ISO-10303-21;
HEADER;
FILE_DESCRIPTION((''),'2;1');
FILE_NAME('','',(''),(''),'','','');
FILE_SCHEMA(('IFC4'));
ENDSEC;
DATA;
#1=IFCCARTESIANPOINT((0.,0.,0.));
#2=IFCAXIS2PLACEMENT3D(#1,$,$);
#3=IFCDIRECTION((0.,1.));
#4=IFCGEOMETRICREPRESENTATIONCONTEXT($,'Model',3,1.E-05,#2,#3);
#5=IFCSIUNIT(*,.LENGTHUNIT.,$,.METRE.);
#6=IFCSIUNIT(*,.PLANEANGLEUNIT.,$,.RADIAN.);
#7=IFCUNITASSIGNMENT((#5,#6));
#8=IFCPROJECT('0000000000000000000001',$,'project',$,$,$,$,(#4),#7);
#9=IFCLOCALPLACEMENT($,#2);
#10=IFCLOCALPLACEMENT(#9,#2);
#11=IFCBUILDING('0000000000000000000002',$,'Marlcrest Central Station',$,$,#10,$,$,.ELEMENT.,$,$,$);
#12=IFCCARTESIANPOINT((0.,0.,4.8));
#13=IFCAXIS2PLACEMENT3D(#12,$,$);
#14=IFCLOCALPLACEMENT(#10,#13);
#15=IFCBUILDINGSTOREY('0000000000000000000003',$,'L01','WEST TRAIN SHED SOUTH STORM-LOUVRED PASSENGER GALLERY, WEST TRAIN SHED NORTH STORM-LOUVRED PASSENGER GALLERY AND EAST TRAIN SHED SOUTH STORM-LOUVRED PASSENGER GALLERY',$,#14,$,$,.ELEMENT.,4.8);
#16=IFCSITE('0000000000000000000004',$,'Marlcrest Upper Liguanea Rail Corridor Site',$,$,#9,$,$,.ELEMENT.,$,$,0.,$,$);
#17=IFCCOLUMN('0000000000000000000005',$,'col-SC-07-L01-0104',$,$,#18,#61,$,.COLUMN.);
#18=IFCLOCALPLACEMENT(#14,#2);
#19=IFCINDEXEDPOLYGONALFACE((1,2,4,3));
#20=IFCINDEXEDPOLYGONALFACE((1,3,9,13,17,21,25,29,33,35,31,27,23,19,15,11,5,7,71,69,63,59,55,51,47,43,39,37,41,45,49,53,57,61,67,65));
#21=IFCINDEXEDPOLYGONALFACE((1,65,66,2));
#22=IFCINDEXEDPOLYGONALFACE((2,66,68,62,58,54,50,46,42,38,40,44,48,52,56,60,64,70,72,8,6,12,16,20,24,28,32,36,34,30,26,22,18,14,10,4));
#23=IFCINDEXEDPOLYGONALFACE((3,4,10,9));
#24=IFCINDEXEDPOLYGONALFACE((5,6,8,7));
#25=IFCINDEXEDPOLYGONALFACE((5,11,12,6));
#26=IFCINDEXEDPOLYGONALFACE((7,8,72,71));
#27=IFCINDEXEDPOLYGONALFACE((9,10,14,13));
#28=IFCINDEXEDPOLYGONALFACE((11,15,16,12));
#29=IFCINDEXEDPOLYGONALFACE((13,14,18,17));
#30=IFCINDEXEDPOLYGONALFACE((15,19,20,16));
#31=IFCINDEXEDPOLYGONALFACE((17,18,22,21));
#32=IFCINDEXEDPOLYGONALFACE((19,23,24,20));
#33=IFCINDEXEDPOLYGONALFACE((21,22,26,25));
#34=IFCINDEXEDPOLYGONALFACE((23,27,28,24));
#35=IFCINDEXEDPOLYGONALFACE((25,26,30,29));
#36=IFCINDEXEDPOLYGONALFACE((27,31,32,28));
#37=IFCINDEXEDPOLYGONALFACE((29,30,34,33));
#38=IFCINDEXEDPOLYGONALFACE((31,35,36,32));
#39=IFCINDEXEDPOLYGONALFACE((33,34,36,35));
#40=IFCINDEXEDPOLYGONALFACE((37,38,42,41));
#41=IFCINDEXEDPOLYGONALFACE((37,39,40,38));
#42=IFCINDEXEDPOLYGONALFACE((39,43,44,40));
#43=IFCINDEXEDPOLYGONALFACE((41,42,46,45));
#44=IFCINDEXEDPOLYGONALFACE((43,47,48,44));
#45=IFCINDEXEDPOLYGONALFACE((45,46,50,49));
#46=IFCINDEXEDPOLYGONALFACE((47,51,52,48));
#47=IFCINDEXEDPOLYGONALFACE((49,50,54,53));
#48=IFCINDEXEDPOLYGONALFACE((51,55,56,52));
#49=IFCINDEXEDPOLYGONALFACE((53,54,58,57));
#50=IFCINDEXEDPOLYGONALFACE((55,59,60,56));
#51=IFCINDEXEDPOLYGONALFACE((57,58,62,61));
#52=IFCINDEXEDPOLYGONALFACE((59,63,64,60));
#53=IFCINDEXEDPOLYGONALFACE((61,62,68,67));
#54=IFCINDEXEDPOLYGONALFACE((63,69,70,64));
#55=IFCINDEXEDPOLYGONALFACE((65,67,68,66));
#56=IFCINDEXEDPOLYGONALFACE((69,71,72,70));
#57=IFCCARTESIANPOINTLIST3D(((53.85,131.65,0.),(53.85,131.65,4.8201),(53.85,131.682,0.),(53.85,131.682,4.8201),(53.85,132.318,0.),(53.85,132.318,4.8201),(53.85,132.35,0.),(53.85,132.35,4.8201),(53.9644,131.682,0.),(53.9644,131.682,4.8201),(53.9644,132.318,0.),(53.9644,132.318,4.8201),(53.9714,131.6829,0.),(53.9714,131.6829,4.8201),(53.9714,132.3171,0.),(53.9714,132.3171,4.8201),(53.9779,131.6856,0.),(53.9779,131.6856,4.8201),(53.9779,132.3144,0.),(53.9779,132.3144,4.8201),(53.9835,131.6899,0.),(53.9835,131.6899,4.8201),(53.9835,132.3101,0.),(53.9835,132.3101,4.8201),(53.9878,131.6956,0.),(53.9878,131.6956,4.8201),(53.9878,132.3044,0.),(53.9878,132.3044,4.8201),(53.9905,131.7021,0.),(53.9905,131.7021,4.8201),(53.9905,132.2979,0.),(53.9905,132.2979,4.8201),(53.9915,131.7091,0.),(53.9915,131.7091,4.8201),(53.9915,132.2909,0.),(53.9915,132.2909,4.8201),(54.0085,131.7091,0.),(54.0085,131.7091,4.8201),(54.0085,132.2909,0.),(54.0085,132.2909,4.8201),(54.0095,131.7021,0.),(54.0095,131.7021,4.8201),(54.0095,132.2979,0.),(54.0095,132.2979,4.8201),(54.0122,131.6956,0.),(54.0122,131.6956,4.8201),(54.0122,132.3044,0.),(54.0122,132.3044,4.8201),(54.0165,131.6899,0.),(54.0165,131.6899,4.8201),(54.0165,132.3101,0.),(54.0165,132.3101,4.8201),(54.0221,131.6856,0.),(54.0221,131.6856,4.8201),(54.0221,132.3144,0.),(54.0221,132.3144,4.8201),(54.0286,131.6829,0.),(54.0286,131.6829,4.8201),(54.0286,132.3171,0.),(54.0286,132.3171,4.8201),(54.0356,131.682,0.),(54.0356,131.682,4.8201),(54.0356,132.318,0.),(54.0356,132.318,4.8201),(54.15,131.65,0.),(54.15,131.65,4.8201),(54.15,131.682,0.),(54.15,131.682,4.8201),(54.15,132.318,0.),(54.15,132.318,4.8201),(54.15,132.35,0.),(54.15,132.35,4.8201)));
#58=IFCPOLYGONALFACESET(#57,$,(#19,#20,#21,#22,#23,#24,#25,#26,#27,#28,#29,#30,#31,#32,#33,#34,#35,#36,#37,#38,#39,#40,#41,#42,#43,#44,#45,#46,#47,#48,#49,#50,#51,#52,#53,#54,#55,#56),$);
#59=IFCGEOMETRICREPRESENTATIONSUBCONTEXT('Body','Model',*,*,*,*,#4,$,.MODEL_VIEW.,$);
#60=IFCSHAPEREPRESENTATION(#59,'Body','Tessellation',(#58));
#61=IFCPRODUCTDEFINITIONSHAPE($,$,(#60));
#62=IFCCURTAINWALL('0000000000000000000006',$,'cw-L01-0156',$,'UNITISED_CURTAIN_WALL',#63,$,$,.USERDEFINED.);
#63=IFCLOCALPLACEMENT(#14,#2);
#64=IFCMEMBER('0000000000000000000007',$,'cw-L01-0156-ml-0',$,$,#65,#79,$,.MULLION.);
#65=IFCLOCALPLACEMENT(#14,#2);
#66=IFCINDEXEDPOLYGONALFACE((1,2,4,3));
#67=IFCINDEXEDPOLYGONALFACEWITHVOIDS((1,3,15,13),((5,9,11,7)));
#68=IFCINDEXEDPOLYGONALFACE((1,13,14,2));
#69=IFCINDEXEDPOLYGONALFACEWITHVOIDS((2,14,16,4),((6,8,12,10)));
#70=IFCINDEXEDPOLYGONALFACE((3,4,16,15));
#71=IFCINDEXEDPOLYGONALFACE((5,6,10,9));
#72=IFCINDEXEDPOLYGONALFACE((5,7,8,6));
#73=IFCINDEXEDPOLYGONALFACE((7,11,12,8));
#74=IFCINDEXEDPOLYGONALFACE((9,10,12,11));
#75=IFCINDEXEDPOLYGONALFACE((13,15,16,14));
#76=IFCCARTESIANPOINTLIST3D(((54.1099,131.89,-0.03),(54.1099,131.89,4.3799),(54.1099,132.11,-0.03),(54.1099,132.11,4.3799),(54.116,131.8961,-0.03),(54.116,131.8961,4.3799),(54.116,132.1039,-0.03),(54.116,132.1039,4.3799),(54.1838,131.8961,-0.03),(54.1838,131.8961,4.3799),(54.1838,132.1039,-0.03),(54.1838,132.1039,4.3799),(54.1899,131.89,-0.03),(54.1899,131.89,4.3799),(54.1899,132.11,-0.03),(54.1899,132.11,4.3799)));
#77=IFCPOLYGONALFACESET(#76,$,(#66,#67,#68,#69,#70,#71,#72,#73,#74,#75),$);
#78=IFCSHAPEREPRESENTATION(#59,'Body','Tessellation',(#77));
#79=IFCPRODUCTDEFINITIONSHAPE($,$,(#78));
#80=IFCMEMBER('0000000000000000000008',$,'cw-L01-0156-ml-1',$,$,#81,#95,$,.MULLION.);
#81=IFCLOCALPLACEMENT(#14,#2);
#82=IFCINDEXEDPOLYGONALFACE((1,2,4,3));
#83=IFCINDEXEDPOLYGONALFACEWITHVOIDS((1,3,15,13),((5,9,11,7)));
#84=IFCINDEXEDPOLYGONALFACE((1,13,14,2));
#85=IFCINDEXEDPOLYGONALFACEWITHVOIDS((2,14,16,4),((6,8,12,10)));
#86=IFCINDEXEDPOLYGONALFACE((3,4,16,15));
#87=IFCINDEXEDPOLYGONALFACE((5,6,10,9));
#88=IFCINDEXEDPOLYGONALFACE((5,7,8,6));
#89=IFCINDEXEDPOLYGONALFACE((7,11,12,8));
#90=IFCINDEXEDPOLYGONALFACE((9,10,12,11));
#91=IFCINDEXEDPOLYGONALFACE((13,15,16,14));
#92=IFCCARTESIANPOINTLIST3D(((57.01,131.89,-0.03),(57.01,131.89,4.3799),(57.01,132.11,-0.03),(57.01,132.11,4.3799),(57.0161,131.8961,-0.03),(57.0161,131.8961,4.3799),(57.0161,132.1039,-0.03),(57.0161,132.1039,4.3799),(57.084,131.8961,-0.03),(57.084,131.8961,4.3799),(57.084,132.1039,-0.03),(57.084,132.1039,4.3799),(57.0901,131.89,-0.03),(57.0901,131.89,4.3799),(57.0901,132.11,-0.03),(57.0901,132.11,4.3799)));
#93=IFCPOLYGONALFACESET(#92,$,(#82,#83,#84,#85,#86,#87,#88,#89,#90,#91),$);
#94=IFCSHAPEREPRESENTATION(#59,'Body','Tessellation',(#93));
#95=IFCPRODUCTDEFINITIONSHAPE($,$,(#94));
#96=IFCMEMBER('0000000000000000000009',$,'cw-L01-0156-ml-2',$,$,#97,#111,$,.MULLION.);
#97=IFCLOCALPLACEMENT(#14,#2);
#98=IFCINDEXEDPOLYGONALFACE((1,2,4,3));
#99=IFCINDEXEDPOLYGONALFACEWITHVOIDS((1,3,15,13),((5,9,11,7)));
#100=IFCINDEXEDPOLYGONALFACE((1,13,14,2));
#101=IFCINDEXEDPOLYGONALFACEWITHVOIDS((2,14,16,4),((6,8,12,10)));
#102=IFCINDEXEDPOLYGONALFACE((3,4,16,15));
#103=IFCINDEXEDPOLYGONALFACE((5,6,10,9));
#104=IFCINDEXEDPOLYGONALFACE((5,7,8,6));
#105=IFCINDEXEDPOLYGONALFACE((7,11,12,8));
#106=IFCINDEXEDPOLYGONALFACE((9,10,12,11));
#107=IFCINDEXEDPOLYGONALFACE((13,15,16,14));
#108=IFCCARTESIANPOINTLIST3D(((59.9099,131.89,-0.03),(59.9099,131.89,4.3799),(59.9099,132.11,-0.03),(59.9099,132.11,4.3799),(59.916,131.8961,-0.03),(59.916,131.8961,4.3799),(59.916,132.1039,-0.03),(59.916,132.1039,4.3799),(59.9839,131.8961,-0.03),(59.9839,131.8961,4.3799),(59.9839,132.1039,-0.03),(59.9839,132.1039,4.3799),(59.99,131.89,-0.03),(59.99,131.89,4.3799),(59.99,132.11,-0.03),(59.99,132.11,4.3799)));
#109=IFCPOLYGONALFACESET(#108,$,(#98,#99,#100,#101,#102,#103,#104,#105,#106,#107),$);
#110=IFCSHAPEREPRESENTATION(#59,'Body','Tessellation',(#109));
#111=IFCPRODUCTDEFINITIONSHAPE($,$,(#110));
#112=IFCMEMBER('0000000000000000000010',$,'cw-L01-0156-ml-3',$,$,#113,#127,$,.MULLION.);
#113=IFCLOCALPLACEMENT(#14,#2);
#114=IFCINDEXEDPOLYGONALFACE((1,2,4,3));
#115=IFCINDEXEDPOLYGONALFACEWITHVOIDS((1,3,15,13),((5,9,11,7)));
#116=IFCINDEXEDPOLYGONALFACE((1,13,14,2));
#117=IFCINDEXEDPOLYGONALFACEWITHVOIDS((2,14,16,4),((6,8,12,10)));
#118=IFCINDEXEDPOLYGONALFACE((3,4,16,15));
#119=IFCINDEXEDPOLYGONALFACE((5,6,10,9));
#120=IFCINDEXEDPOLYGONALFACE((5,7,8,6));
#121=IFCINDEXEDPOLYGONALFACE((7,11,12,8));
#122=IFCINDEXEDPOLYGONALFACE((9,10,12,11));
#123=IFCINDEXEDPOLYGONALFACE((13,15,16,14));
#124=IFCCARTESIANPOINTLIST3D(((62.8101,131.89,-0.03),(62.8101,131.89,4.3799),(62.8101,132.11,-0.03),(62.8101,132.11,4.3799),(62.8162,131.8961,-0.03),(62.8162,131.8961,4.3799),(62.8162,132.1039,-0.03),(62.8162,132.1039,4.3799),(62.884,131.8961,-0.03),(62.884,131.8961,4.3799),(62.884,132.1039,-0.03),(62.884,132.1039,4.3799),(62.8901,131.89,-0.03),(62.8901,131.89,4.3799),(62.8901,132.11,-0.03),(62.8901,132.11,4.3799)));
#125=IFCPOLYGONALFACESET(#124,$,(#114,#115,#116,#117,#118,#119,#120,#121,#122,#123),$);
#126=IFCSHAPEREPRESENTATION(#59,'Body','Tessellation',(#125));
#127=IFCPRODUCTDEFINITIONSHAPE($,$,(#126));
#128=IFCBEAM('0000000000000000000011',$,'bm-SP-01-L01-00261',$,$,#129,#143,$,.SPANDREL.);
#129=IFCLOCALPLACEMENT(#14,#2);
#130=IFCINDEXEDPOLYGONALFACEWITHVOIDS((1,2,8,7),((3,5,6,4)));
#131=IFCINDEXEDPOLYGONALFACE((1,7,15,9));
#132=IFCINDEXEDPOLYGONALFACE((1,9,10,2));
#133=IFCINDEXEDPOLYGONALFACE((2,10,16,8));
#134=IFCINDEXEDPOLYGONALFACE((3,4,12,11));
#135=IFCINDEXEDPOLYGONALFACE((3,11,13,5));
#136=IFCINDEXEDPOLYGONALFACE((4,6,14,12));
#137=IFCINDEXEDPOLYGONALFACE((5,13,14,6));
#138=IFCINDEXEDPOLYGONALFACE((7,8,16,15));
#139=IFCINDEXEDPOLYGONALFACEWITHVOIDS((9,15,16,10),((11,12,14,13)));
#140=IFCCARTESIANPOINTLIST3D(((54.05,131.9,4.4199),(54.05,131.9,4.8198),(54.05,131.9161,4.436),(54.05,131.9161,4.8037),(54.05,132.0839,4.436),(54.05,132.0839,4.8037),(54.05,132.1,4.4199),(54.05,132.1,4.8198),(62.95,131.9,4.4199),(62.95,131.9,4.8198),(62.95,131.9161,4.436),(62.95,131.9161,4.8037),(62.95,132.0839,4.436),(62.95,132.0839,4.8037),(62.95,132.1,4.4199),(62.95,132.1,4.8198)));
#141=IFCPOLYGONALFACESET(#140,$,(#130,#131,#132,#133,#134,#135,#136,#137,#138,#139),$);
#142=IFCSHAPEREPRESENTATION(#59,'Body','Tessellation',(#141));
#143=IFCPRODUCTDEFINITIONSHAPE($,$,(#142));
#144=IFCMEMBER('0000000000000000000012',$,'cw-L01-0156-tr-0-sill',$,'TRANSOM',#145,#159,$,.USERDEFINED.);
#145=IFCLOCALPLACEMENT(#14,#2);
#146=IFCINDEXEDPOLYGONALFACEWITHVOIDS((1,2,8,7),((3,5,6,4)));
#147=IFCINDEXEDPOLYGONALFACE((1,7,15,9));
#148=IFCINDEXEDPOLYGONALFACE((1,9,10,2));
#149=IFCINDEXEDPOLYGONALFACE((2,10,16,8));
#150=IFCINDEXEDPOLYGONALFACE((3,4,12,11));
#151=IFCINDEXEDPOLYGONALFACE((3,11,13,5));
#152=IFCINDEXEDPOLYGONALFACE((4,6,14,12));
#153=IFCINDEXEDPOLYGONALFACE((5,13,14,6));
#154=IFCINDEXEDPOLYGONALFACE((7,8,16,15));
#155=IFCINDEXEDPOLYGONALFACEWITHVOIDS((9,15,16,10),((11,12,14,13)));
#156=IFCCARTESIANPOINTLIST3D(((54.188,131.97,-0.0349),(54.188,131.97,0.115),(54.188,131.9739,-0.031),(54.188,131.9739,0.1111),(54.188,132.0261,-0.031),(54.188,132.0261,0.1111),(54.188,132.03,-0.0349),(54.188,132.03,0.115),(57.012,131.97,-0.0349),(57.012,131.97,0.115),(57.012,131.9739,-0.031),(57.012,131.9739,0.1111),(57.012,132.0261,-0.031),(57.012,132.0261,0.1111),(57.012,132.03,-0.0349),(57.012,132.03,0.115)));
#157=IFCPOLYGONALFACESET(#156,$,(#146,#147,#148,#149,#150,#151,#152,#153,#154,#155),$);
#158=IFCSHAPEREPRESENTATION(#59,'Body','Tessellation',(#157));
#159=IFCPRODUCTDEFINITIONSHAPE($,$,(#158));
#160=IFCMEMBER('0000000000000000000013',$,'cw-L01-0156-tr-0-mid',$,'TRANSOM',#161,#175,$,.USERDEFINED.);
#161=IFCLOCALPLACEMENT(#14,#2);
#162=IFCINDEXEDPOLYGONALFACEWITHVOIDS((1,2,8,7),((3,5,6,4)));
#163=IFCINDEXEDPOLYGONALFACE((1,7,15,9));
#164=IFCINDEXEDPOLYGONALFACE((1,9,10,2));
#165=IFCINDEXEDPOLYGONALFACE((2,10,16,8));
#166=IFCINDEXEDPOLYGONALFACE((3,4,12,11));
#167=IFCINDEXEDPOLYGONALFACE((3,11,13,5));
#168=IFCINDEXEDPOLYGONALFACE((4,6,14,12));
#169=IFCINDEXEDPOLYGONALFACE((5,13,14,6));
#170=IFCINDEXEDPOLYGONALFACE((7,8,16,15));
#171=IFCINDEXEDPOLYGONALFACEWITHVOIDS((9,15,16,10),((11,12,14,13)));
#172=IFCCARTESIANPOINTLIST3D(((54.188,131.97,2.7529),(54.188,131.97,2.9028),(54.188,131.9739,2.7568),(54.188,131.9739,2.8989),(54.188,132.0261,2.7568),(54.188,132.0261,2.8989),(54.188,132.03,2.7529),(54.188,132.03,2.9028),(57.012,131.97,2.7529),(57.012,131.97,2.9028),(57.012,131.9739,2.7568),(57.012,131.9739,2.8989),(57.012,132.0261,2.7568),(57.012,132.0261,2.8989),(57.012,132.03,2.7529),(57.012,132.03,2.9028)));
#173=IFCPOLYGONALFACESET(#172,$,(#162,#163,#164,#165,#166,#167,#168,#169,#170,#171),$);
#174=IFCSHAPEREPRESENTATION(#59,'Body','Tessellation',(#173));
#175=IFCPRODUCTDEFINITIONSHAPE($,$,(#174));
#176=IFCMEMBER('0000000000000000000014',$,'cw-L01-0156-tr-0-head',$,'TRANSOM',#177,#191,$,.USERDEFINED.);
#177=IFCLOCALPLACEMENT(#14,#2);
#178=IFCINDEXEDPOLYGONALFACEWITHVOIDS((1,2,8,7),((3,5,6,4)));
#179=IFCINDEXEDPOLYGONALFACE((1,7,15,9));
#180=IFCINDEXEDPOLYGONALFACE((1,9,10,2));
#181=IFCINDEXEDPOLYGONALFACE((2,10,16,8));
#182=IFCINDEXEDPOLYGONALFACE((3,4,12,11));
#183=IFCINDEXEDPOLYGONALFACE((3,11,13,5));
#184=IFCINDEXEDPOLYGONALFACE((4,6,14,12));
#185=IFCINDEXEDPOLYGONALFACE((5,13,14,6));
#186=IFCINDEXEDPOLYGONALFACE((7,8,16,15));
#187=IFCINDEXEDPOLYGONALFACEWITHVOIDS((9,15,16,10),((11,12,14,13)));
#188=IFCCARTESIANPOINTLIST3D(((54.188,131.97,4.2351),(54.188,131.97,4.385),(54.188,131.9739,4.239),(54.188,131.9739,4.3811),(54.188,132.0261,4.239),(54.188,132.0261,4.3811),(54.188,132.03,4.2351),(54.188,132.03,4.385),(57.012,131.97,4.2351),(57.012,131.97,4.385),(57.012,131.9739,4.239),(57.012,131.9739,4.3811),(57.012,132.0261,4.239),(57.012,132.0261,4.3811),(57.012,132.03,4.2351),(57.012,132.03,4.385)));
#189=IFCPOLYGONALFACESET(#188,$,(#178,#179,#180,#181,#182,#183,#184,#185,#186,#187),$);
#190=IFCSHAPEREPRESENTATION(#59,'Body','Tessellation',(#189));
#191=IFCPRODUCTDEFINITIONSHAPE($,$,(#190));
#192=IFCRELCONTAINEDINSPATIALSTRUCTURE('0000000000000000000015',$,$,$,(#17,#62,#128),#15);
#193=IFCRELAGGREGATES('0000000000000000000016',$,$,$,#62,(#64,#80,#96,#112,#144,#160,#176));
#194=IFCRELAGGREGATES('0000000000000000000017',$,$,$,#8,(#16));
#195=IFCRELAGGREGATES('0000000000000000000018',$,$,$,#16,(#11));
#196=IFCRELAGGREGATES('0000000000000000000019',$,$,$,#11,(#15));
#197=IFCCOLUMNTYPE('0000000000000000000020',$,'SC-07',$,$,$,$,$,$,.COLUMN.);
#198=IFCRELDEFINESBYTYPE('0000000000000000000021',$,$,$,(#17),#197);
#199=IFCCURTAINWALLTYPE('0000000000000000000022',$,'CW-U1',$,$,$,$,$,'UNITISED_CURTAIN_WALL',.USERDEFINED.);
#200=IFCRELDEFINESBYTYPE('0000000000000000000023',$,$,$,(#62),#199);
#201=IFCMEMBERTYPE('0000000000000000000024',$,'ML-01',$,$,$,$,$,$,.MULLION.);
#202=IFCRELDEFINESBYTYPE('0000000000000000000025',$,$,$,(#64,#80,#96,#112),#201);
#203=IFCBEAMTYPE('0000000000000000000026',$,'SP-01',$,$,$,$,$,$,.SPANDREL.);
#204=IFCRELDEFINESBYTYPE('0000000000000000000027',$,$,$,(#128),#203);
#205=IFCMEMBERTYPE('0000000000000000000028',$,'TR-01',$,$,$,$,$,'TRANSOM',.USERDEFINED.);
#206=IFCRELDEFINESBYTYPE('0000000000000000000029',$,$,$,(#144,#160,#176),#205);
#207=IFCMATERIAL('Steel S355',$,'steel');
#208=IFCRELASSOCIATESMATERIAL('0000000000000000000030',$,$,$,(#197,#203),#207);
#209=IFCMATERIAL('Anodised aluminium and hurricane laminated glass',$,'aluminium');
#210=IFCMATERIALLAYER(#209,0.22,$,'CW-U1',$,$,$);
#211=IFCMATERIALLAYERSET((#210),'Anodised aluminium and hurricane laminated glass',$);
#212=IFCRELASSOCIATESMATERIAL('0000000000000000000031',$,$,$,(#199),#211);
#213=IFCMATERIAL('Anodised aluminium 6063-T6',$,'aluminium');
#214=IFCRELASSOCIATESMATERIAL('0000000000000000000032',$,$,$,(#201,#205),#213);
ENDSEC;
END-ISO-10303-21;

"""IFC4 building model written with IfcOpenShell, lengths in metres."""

from ifc_helpers import new_model, si_unit, direction, frame, origin, origin_2d, place, context, subcontext, project, spatial, hollow_rectangle, i_section, extrude, material, layer, layer_set, material_profile, profile_set, type_object, element, aggregate, save


model = new_model("IFC4")

# Units and contexts
model_context = context("Model", 3, precision=1e-05, world=origin(), true_north=direction((0.0, 1.0)))
body_context = subcontext(model_context, "Body", "Model", "MODEL_VIEW")
ifc_project = project(units=[si_unit("LENGTHUNIT", "METRE"), si_unit("PLANEANGLEUNIT", "RADIAN")], contexts=[model_context])

# Site, building, storey
site_placement = place(None, origin())
site = spatial("IfcSite", under=ifc_project, at=site_placement, Name="Marlcrest Upper Liguanea Rail Corridor Site", CompositionType="ELEMENT", RefElevation=0.0)
building_placement = place(site_placement, origin())
building = spatial("IfcBuilding", under=site, at=building_placement, Name="Marlcrest Central Station", CompositionType="ELEMENT")
storey_placement = place(building_placement, frame((0.0, 0.0, 4.8)))
storey = spatial("IfcBuildingStorey", under=building, at=storey_placement, Name="L01", Description="WEST TRAIN SHED SOUTH STORM-LOUVRED PASSENGER GALLERY, WEST TRAIN SHED NORTH STORM-LOUVRED PASSENGER GALLERY AND EAST TRAIN SHED SOUTH STORM-LOUVRED PASSENGER GALLERY", CompositionType="ELEMENT", Elevation=4.8)

# Column
ifc_material_1 = material(Name="Steel S355", Category="steel")
ifc_material_profile_1 = material_profile(ifc_material_1, i_section(OverallWidth=0.3, OverallDepth=0.7, WebThickness=0.0171, FlangeThickness=0.032, FilletRadius=0.0271, at=origin_2d()), Name="HEB 700")
ifc_profile_set_1 = profile_set([ifc_material_profile_1], Name="Steel S355")
column_type = type_object("IfcColumnType", Name="SC-07", PredefinedType="COLUMN", material=ifc_profile_set_1)
column_placement = place(storey_placement, frame((54.0, 132.0, 0.0), z_axis=(0.0, 0.0, 1.0), x_axis=(1.0, 0.0, 0.0)))
element("IfcColumn", 1, at=column_placement, inside=storey, type_object=column_type, Name="col-SC-07-L01-0104", PredefinedType="COLUMN", context=body_context, shape_type="SweptSolid", body=[
    extrude(i_section(OverallWidth=0.3, OverallDepth=0.7, WebThickness=0.0171, FlangeThickness=0.032, FilletRadius=0.0271, at=origin_2d()), origin(), (0.0, 0.0, 1.0), 4.8201),
])

# Curtain wall, members
ifc_material_2 = material(Name="Anodised aluminium and hurricane laminated glass", Category="aluminium")
ifc_layer_1 = layer(ifc_material_2, 0.22, Name="CW-U1")
ifc_layer_set_1 = layer_set([ifc_layer_1], Name="Anodised aluminium and hurricane laminated glass")
curtain_wall_type = type_object("IfcCurtainWallType", Name="CW-U1", ElementType="UNITISED_CURTAIN_WALL", PredefinedType="USERDEFINED", material=ifc_layer_set_1)
curtain_wall_placement = place(storey_placement, origin())
curtain_wall = element("IfcCurtainWall", 2, at=curtain_wall_placement, inside=storey, type_object=curtain_wall_type, Name="cw-L01-0156", ObjectType="UNITISED_CURTAIN_WALL", PredefinedType="USERDEFINED")
ifc_material_3 = material(Name="Anodised aluminium 6063-T6", Category="aluminium")
ifc_material_profile_2 = material_profile(ifc_material_3, hollow_rectangle(XDim=0.0801, YDim=0.22, WallThickness=0.0061, at=origin_2d()), Name="AA-RHS 220x80x6")
ifc_profile_set_2 = profile_set([ifc_material_profile_2], Name="Anodised aluminium 6063-T6")
member_type_1 = type_object("IfcMemberType", Name="ML-01", PredefinedType="MULLION", material=ifc_profile_set_2)
member_1_placement = place(storey_placement, frame((54.1499, 132.0, -0.03), z_axis=(0.0, 0.0, 1.0), x_axis=(1.0, 0.0, 0.0)))
member_1 = element("IfcMember", 3, at=member_1_placement, type_object=member_type_1, Name="cw-L01-0156-ml-0", PredefinedType="MULLION", context=body_context, shape_type="SweptSolid", body=[
    extrude(hollow_rectangle(XDim=0.0801, YDim=0.22, WallThickness=0.0061, at=origin_2d()), origin(), (0.0, 0.0, 1.0), 4.4099),
])
member_2_placement = place(storey_placement, frame((57.05, 132.0, -0.03), z_axis=(0.0, 0.0, 1.0), x_axis=(1.0, 0.0, 0.0)))
member_2 = element("IfcMember", 4, at=member_2_placement, type_object=member_type_1, Name="cw-L01-0156-ml-1", PredefinedType="MULLION", context=body_context, shape_type="SweptSolid", body=[
    extrude(hollow_rectangle(XDim=0.0801, YDim=0.22, WallThickness=0.0061, at=origin_2d()), origin(), (0.0, 0.0, 1.0), 4.4099),
])
member_3_placement = place(storey_placement, frame((59.95, 132.0, -0.03), z_axis=(0.0, 0.0, 1.0), x_axis=(1.0, 0.0, 0.0)))
member_3 = element("IfcMember", 5, at=member_3_placement, type_object=member_type_1, Name="cw-L01-0156-ml-2", PredefinedType="MULLION", context=body_context, shape_type="SweptSolid", body=[
    extrude(hollow_rectangle(XDim=0.0801, YDim=0.22, WallThickness=0.0061, at=origin_2d()), origin(), (0.0, 0.0, 1.0), 4.4099),
])
member_4_placement = place(storey_placement, frame((62.8501, 132.0, -0.03), z_axis=(0.0, 0.0, 1.0), x_axis=(1.0, 0.0, 0.0)))
member_4 = element("IfcMember", 6, at=member_4_placement, type_object=member_type_1, Name="cw-L01-0156-ml-3", PredefinedType="MULLION", context=body_context, shape_type="SweptSolid", body=[
    extrude(hollow_rectangle(XDim=0.0801, YDim=0.22, WallThickness=0.0061, at=origin_2d()), origin(), (0.0, 0.0, 1.0), 4.4099),
])

# Beam
ifc_material_profile_3 = material_profile(ifc_material_1, hollow_rectangle(XDim=0.2, YDim=0.3999, WallThickness=0.0161, at=origin_2d()), Name="RHS 400x200x16")
ifc_profile_set_3 = profile_set([ifc_material_profile_3], Name="Steel S355")
beam_type = type_object("IfcBeamType", Name="SP-01", PredefinedType="SPANDREL", material=ifc_profile_set_3)
beam_placement = place(storey_placement, frame((54.05, 132.0, 4.6199), z_axis=(1.0, 0.0, 0.0), x_axis=(0.0, 1.0, 0.0)))
element("IfcBeam", 7, at=beam_placement, inside=storey, type_object=beam_type, Name="bm-SP-01-L01-00261", PredefinedType="SPANDREL", context=body_context, shape_type="SweptSolid", body=[
    extrude(hollow_rectangle(XDim=0.2, YDim=0.3999, WallThickness=0.0161, at=origin_2d()), origin(), (0.0, 0.0, 1.0), 8.8999),
])

# Members
ifc_material_profile_4 = material_profile(ifc_material_3, hollow_rectangle(XDim=0.0601, YDim=0.1499, WallThickness=0.0039, at=origin_2d()), Name="AA-RHS 150x60x4")
ifc_profile_set_4 = profile_set([ifc_material_profile_4], Name="Anodised aluminium 6063-T6")
member_type_2 = type_object("IfcMemberType", Name="TR-01", ElementType="TRANSOM", PredefinedType="USERDEFINED", material=ifc_profile_set_4)
member_5_placement = place(storey_placement, frame((54.188, 132.0, 0.04), z_axis=(1.0, 0.0, 0.0), x_axis=(0.0, 1.0, 0.0)))
member_5 = element("IfcMember", 8, at=member_5_placement, type_object=member_type_2, Name="cw-L01-0156-tr-0-sill", ObjectType="TRANSOM", PredefinedType="USERDEFINED", context=body_context, shape_type="SweptSolid", body=[
    extrude(hollow_rectangle(XDim=0.0601, YDim=0.1499, WallThickness=0.0039, at=origin_2d()), origin(), (0.0, 0.0, 1.0), 2.824),
])
member_6_placement = place(storey_placement, frame((54.188, 132.0, 2.8279), z_axis=(1.0, 0.0, 0.0), x_axis=(0.0, 1.0, 0.0)))
member_6 = element("IfcMember", 9, at=member_6_placement, type_object=member_type_2, Name="cw-L01-0156-tr-0-mid", ObjectType="TRANSOM", PredefinedType="USERDEFINED", context=body_context, shape_type="SweptSolid", body=[
    extrude(hollow_rectangle(XDim=0.0601, YDim=0.1499, WallThickness=0.0039, at=origin_2d()), origin(), (0.0, 0.0, 1.0), 2.824),
])
member_7_placement = place(storey_placement, frame((54.188, 132.0, 4.3101), z_axis=(1.0, 0.0, 0.0), x_axis=(0.0, 1.0, 0.0)))
member_7 = element("IfcMember", 10, at=member_7_placement, type_object=member_type_2, Name="cw-L01-0156-tr-0-head", ObjectType="TRANSOM", PredefinedType="USERDEFINED", context=body_context, shape_type="SweptSolid", body=[
    extrude(hollow_rectangle(XDim=0.0601, YDim=0.1499, WallThickness=0.0039, at=origin_2d()), origin(), (0.0, 0.0, 1.0), 2.824),
])

aggregate(curtain_wall, [member_1, member_2, member_3, member_4, member_5, member_6, member_7])

save(model, "model.ifc")
